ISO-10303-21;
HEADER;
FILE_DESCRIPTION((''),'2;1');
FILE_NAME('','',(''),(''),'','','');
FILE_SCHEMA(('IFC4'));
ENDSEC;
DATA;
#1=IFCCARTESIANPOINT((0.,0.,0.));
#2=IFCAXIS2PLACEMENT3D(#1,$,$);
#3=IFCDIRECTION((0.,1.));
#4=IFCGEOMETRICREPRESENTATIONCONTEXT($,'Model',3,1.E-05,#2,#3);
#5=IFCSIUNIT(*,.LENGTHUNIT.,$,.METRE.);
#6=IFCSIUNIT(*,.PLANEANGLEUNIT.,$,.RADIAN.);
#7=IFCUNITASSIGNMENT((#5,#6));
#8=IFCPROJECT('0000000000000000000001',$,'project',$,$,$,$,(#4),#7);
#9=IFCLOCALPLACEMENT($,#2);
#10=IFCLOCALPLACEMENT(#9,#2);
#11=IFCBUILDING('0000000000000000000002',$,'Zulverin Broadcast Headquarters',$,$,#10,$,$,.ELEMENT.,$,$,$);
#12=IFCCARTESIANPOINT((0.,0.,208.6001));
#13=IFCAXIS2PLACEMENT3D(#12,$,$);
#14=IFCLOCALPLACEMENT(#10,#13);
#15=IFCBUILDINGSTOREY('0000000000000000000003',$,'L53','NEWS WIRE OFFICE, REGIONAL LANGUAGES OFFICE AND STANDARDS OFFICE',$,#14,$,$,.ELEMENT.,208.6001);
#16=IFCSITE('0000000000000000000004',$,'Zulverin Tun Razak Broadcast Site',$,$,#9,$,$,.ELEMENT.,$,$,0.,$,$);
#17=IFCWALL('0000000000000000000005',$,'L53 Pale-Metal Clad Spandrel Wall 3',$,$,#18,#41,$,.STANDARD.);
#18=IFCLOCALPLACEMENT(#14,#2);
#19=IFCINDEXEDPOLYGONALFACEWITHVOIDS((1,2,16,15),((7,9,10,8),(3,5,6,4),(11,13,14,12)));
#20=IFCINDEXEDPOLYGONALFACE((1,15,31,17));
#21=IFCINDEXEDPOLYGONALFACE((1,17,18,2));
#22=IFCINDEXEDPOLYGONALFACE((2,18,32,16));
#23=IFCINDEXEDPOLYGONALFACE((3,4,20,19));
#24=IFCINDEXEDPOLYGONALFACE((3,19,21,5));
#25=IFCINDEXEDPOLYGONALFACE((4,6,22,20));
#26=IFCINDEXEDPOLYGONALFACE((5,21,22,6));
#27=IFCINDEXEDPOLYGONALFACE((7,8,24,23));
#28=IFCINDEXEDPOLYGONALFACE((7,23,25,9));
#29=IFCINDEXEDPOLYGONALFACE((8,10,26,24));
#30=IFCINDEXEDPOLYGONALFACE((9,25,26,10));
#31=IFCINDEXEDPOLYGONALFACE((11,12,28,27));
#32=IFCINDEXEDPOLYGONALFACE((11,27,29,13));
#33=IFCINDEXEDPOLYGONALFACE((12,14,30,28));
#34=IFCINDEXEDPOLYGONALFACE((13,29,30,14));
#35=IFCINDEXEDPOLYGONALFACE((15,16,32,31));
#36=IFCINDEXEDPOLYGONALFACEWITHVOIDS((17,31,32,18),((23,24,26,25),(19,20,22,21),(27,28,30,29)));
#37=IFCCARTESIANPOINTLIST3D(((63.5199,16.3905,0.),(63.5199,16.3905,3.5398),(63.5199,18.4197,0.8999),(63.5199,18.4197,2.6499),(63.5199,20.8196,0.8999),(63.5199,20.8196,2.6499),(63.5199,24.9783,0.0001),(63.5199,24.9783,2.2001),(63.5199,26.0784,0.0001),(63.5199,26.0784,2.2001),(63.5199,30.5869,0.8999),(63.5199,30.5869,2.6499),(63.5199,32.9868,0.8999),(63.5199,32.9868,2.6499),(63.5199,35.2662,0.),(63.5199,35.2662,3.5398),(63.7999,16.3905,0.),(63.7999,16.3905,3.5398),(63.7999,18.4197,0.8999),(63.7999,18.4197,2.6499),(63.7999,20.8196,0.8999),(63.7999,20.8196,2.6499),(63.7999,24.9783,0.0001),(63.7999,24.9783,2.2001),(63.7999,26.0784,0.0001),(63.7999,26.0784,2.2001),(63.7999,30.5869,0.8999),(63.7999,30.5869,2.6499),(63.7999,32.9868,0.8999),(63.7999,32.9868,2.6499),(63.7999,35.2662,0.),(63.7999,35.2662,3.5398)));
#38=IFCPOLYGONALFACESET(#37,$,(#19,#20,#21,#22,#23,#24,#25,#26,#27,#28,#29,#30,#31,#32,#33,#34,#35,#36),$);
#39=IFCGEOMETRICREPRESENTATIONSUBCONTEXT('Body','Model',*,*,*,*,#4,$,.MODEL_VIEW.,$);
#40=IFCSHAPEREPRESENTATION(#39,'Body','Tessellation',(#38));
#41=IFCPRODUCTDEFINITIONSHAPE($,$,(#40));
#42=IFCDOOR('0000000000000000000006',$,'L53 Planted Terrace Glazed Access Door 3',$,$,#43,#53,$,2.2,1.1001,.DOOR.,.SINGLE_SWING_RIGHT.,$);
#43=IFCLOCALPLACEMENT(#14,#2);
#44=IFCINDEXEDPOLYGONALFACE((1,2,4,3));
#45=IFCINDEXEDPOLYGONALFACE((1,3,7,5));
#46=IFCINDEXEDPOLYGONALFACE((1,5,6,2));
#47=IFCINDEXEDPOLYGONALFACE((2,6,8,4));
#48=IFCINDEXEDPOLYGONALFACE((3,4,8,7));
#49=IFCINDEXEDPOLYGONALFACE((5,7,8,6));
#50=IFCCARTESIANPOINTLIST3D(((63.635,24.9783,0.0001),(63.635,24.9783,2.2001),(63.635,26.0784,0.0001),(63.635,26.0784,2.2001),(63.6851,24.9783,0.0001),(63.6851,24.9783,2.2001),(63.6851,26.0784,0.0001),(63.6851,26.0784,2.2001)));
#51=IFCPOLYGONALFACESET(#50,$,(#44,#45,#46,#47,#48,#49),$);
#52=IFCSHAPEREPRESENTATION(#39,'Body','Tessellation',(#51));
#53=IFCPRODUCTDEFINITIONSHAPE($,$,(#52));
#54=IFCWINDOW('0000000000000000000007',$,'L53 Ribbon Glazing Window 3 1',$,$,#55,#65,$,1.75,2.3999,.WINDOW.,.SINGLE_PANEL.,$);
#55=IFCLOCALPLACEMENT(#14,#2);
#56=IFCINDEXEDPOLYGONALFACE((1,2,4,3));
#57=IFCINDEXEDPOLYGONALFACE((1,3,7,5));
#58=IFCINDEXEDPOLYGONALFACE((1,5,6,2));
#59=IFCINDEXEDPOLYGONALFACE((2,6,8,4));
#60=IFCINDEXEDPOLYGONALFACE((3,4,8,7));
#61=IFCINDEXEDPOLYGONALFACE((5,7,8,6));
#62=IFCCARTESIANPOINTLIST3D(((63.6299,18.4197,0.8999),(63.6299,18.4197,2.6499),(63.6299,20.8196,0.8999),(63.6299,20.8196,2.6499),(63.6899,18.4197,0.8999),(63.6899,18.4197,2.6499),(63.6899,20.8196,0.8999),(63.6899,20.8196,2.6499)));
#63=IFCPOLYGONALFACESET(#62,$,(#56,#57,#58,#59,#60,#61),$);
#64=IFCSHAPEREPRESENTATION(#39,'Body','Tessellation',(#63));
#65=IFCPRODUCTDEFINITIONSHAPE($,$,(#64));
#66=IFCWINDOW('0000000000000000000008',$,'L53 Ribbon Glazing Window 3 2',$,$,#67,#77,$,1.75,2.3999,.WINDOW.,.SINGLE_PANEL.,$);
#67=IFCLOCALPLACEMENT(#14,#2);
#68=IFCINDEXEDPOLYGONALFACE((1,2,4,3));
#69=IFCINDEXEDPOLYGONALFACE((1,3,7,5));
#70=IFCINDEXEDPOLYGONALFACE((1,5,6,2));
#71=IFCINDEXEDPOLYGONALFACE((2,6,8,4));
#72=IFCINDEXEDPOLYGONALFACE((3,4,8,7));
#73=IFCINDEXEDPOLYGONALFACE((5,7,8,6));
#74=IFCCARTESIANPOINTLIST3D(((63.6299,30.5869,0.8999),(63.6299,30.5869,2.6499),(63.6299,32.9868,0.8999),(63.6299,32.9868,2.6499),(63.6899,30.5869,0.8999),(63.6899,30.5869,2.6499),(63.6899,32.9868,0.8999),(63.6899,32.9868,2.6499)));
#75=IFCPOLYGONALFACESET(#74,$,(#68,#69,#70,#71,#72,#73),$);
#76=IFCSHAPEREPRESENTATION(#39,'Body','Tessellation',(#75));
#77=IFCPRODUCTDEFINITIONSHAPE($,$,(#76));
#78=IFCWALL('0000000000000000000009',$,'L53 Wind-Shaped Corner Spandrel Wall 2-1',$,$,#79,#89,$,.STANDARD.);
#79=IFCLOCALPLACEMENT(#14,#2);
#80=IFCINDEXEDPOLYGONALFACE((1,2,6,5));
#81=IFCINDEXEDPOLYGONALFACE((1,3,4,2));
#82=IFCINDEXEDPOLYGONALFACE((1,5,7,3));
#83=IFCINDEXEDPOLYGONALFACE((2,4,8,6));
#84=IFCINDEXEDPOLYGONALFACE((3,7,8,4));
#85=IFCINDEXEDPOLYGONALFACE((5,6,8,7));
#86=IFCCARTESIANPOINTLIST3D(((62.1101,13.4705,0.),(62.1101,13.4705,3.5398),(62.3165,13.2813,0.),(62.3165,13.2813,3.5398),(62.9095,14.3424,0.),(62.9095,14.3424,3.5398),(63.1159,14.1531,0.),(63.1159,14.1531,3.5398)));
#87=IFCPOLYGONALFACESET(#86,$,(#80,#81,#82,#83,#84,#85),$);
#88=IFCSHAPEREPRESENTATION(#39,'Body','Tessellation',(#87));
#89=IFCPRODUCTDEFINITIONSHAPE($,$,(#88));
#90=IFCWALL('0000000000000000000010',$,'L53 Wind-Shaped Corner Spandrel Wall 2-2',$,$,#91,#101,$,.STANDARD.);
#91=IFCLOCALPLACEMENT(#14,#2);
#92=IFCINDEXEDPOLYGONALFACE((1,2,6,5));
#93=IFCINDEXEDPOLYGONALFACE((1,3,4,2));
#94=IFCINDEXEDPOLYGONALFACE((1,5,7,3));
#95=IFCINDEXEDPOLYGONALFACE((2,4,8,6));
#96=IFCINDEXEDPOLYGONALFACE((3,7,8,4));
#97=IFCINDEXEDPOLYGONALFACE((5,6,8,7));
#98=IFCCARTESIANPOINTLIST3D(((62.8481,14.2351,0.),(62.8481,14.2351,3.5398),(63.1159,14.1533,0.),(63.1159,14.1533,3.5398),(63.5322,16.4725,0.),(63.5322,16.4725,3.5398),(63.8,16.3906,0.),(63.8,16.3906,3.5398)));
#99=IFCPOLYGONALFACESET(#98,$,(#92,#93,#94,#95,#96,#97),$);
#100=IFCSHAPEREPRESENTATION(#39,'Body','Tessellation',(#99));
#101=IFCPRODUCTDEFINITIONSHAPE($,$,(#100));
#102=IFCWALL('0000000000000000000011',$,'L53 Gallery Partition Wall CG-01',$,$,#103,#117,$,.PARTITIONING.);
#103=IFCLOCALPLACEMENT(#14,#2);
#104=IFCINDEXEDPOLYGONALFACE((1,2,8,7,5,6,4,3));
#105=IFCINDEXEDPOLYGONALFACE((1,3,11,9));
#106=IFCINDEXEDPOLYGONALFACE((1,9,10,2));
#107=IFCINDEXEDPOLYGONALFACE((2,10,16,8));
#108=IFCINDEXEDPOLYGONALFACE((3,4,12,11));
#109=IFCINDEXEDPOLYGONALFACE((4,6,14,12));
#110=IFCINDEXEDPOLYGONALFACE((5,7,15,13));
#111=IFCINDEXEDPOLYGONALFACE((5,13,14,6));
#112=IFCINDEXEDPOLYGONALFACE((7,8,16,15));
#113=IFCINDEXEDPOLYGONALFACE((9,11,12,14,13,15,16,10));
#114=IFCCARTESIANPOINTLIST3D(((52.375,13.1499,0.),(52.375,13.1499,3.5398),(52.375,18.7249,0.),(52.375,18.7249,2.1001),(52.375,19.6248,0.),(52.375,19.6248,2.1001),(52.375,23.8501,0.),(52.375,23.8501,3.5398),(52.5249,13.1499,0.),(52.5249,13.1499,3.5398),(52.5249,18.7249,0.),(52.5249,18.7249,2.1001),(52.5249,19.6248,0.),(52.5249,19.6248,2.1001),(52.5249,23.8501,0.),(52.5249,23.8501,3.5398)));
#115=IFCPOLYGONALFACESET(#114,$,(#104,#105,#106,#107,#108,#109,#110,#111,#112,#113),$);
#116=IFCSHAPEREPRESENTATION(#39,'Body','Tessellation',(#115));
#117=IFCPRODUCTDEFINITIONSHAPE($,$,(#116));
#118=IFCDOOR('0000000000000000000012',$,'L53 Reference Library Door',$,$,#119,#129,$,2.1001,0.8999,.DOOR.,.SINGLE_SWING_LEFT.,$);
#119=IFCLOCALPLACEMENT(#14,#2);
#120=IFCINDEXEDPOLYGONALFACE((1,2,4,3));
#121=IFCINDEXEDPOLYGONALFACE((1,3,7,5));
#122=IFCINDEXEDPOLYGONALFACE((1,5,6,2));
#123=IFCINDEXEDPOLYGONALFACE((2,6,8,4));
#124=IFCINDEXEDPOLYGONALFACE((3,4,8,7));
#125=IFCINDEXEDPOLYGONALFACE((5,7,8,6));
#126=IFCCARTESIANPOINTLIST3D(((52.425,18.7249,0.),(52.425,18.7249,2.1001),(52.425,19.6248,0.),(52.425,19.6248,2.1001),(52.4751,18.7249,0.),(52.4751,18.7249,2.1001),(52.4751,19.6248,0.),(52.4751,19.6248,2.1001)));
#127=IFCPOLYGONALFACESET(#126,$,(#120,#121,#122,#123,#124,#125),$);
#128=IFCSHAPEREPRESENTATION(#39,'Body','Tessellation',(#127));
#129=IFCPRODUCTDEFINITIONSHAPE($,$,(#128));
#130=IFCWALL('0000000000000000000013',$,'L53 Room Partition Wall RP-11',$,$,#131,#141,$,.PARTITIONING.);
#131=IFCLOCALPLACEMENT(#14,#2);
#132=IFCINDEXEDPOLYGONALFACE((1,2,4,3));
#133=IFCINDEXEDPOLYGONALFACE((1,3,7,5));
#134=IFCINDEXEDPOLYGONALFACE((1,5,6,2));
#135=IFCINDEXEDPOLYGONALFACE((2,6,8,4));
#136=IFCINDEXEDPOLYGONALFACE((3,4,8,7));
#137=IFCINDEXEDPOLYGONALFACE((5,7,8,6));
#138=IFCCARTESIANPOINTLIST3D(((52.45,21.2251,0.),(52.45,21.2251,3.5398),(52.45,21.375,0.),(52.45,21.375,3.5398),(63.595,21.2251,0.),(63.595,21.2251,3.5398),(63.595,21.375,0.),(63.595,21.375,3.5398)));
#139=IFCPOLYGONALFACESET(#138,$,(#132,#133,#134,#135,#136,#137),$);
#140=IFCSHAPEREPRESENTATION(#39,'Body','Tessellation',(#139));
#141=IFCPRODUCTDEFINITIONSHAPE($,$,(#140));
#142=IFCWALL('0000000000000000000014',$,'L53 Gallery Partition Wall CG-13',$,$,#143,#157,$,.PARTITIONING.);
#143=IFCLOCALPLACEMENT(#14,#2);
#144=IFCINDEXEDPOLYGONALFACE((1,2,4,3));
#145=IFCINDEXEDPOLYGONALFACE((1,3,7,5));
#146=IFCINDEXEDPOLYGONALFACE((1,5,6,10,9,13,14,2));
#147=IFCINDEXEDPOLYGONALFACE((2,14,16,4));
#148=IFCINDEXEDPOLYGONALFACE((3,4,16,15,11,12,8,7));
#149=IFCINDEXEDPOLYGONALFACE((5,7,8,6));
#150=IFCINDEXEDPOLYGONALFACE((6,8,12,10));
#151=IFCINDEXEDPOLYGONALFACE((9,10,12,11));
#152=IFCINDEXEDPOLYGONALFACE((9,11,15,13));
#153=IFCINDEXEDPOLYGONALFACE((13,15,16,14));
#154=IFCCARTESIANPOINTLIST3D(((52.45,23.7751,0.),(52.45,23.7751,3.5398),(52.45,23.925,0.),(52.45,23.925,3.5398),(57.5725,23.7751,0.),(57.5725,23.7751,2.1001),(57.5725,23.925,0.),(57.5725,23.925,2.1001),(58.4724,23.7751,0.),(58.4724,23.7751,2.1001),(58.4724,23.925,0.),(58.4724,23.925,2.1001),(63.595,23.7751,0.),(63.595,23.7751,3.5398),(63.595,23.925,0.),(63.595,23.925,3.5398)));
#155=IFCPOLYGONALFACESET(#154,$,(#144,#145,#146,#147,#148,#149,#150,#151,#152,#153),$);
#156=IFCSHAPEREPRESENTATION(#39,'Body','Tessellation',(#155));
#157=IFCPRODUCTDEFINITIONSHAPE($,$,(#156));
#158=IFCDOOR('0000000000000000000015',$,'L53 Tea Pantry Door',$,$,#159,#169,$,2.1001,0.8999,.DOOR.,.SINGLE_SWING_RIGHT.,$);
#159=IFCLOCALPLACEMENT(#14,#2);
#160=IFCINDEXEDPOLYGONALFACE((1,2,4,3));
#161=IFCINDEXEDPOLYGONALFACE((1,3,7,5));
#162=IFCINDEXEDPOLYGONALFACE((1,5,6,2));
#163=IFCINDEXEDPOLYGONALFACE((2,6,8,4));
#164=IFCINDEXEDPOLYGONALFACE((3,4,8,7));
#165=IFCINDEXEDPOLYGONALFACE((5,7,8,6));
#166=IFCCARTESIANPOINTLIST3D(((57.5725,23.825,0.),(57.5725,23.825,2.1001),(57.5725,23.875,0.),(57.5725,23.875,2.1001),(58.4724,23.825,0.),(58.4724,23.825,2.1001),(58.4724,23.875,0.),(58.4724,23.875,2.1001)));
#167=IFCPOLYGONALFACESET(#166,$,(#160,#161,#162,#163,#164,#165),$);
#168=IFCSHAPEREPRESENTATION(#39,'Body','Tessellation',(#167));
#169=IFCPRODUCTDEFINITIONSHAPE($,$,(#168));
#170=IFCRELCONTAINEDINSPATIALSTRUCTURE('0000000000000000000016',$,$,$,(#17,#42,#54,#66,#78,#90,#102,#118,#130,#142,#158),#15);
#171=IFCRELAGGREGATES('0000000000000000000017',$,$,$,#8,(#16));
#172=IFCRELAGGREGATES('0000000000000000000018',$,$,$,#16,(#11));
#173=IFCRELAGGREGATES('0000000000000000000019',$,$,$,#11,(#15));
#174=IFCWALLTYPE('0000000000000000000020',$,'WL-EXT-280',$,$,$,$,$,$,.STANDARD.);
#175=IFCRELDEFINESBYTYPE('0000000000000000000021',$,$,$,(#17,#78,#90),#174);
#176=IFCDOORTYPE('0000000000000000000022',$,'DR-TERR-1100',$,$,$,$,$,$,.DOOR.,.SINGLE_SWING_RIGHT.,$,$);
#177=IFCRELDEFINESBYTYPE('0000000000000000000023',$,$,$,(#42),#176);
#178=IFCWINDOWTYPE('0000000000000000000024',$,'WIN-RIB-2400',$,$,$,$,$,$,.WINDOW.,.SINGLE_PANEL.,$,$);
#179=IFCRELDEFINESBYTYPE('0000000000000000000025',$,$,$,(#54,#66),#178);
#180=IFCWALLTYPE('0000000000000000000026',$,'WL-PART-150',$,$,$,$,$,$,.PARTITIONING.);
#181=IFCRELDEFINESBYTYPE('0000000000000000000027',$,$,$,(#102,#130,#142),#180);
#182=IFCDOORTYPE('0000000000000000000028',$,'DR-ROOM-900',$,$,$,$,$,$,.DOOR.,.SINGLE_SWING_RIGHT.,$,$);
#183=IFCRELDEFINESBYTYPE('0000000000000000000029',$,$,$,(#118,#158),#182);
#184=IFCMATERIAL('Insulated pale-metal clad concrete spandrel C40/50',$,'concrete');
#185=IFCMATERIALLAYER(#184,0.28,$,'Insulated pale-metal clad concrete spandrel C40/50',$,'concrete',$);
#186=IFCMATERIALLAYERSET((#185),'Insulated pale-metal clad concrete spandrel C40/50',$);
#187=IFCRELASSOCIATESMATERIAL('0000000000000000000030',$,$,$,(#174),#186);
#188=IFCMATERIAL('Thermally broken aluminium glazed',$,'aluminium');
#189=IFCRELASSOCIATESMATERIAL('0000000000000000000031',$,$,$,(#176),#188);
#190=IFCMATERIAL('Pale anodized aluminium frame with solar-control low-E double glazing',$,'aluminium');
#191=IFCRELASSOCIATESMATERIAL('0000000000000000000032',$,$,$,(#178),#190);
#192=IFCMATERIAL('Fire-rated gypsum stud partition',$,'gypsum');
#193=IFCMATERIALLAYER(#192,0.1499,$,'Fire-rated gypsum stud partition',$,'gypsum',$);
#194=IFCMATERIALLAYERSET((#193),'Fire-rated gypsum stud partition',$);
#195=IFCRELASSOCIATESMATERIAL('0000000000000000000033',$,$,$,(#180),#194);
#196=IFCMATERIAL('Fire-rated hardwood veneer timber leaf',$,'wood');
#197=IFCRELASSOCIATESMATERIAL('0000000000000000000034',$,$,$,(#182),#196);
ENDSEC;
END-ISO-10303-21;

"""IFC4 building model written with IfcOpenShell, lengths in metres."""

from ifc_helpers import new_model, si_unit, direction, frame, frame_2d, origin, place, context, subcontext, project, spatial, rectangle, extrude, material, layer, layer_set, type_object, element, fill, save


model = new_model("IFC4")

# Units and contexts
model_context = context("Model", 3, precision=1e-05, world=origin(), true_north=direction((0.0, 1.0)))
body_context = subcontext(model_context, "Body", "Model", "MODEL_VIEW")
ifc_project = project(units=[si_unit("LENGTHUNIT", "METRE"), si_unit("PLANEANGLEUNIT", "RADIAN")], contexts=[model_context])

# Site, building, storey
site_placement = place(None, origin())
site = spatial("IfcSite", under=ifc_project, at=site_placement, Name="Zulverin Tun Razak Broadcast Site", CompositionType="ELEMENT", RefElevation=0.0)
building_placement = place(site_placement, origin())
building = spatial("IfcBuilding", under=site, at=building_placement, Name="Zulverin Broadcast Headquarters", CompositionType="ELEMENT")
storey_placement = place(building_placement, frame((0.0, 0.0, 208.6001)))
storey = spatial("IfcBuildingStorey", under=building, at=storey_placement, Name="L53", Description="NEWS WIRE OFFICE, REGIONAL LANGUAGES OFFICE AND STANDARDS OFFICE", CompositionType="ELEMENT", Elevation=208.6001)

# Wall, openings, door, windows
ifc_material_1 = material(Name="Insulated pale-metal clad concrete spandrel C40/50", Category="concrete")
ifc_layer_1 = layer(ifc_material_1, 0.28, Name="Insulated pale-metal clad concrete spandrel C40/50", Category="concrete")
ifc_layer_set_1 = layer_set([ifc_layer_1], Name="Insulated pale-metal clad concrete spandrel C40/50")
wall_type_1 = type_object("IfcWallType", Name="WL-EXT-280", PredefinedType="STANDARD", material=ifc_layer_set_1)
wall_1_placement = place(storey_placement, frame((63.6599, 16.3904, 0.0), z_axis=(0.0, 0.0, 1.0), x_axis=(0.0, 1.0, 0.0)))
wall_1 = element("IfcWall", 1, at=wall_1_placement, inside=storey, type_object=wall_type_1, Name="L53 Pale-Metal Clad Spandrel Wall 3", PredefinedType="STANDARD", context=body_context, shape_type="SweptSolid", body=[
    extrude(rectangle(XDim=18.8757, YDim=0.28, at=frame_2d((9.438, 0.0))), origin(), (0.0, 0.0, 1.0), 3.5398),
])
opening_1_placement = place(wall_1_placement, frame((8.5879, 0.0, 0.0)))
opening_1 = element("IfcOpeningElement", 2, at=opening_1_placement, cuts=wall_1, PredefinedType="OPENING", context=body_context, shape_type="SweptSolid", body=[
    extrude(rectangle(XDim=1.1001, YDim=2.2, at=frame_2d((0.55, 1.1001))), frame((0.0, 0.1499, 0.0), z_axis=(0.0, -1.0, 0.0), x_axis=(1.0, 0.0, 0.0)), (0.0, 0.0, 1.0), 0.3),
])
opening_2_placement = place(wall_1_placement, frame((2.0293, 0.0, 0.8999)))
opening_2 = element("IfcOpeningElement", 3, at=opening_2_placement, cuts=wall_1, PredefinedType="OPENING", context=body_context, shape_type="SweptSolid", body=[
    extrude(rectangle(XDim=2.3999, YDim=1.75, at=frame_2d((1.2, 0.875))), frame((0.0, 0.1499, 0.0), z_axis=(0.0, -1.0, 0.0), x_axis=(1.0, 0.0, 0.0)), (0.0, 0.0, 1.0), 0.3),
])
opening_3_placement = place(wall_1_placement, frame((14.1965, 0.0, 0.8999)))
opening_3 = element("IfcOpeningElement", 4, at=opening_3_placement, cuts=wall_1, PredefinedType="OPENING", context=body_context, shape_type="SweptSolid", body=[
    extrude(rectangle(XDim=2.3999, YDim=1.75, at=frame_2d((1.2, 0.875))), frame((0.0, 0.1499, 0.0), z_axis=(0.0, -1.0, 0.0), x_axis=(1.0, 0.0, 0.0)), (0.0, 0.0, 1.0), 0.3),
])
ifc_material_2 = material(Name="Thermally broken aluminium glazed", Category="aluminium")
door_type_1 = type_object("IfcDoorType", Name="DR-TERR-1100", OperationType="SINGLE_SWING_RIGHT", PredefinedType="DOOR", material=ifc_material_2)
door_1_placement = place(opening_1_placement, origin())
door_1 = element("IfcDoor", 5, at=door_1_placement, inside=storey, type_object=door_type_1, Name="L53 Planted Terrace Glazed Access Door 3", OperationType="SINGLE_SWING_RIGHT", OverallHeight=2.2, OverallWidth=1.1001, PredefinedType="DOOR", context=body_context, shape_type="SweptSolid", body=[
    extrude(rectangle(XDim=1.1001, YDim=2.2, at=frame_2d((0.55, 1.1001))), frame((0.0, 0.0249, 0.0), z_axis=(0.0, -1.0, 0.0), x_axis=(1.0, 0.0, 0.0)), (0.0, 0.0, 1.0), 0.05),
])
fill(opening_1, door_1)
ifc_material_3 = material(Name="Pale anodized aluminium frame with solar-control low-E double glazing", Category="aluminium")
window_type = type_object("IfcWindowType", Name="WIN-RIB-2400", PartitioningType="SINGLE_PANEL", PredefinedType="WINDOW", material=ifc_material_3)
window_1_placement = place(opening_2_placement, origin())
window_1 = element("IfcWindow", 6, at=window_1_placement, inside=storey, type_object=window_type, Name="L53 Ribbon Glazing Window 3 1", OverallHeight=1.75, OverallWidth=2.3999, PartitioningType="SINGLE_PANEL", PredefinedType="WINDOW", context=body_context, shape_type="SweptSolid", body=[
    extrude(rectangle(XDim=2.3999, YDim=1.75, at=frame_2d((1.2, 0.875))), frame((0.0, 0.03, 0.0), z_axis=(0.0, -1.0, 0.0), x_axis=(1.0, 0.0, 0.0)), (0.0, 0.0, 1.0), 0.0601),
])
fill(opening_2, window_1)
window_2_placement = place(opening_3_placement, origin())
window_2 = element("IfcWindow", 7, at=window_2_placement, inside=storey, type_object=window_type, Name="L53 Ribbon Glazing Window 3 2", OverallHeight=1.75, OverallWidth=2.3999, PartitioningType="SINGLE_PANEL", PredefinedType="WINDOW", context=body_context, shape_type="SweptSolid", body=[
    extrude(rectangle(XDim=2.3999, YDim=1.75, at=frame_2d((1.2, 0.875))), frame((0.0, 0.03, 0.0), z_axis=(0.0, -1.0, 0.0), x_axis=(1.0, 0.0, 0.0)), (0.0, 0.0, 1.0), 0.0601),
])
fill(opening_3, window_2)

# Walls
wall_2_placement = place(storey_placement, frame((62.2134, 13.376, 0.0), z_axis=(0.0, 0.0, 1.0), x_axis=(0.67579, 0.737094, 0.0)))
element("IfcWall", 8, at=wall_2_placement, inside=storey, type_object=wall_type_1, Name="L53 Wind-Shaped Corner Spandrel Wall 2-1", PredefinedType="STANDARD", context=body_context, shape_type="SweptSolid", body=[
    extrude(rectangle(XDim=1.1829, YDim=0.28, at=frame_2d((0.5913, 0.0))), origin(), (0.0, 0.0, 1.0), 3.5398),
])
wall_3_placement = place(storey_placement, frame((62.9819, 14.1941, 0.0), z_axis=(0.0, 0.0, 1.0), x_axis=(0.292399, 0.956296, 0.0)))
element("IfcWall", 9, at=wall_3_placement, inside=storey, type_object=wall_type_1, Name="L53 Wind-Shaped Corner Spandrel Wall 2-2", PredefinedType="STANDARD", context=body_context, shape_type="SweptSolid", body=[
    extrude(rectangle(XDim=2.3396, YDim=0.28, at=frame_2d((1.1699, 0.0))), origin(), (0.0, 0.0, 1.0), 3.5398),
])

# Wall, opening, door
ifc_material_4 = material(Name="Fire-rated gypsum stud partition", Category="gypsum")
ifc_layer_2 = layer(ifc_material_4, 0.1499, Name="Fire-rated gypsum stud partition", Category="gypsum")
ifc_layer_set_2 = layer_set([ifc_layer_2], Name="Fire-rated gypsum stud partition")
wall_type_2 = type_object("IfcWallType", Name="WL-PART-150", PredefinedType="PARTITIONING", material=ifc_layer_set_2)
wall_4_placement = place(storey_placement, frame((52.45, 13.1499, 0.0), z_axis=(0.0, 0.0, 1.0), x_axis=(0.0, 1.0, 0.0)))
wall_4 = element("IfcWall", 10, at=wall_4_placement, inside=storey, type_object=wall_type_2, Name="L53 Gallery Partition Wall CG-01", PredefinedType="PARTITIONING", context=body_context, shape_type="SweptSolid", body=[
    extrude(rectangle(XDim=10.7002, YDim=0.1499, at=frame_2d((5.3501, 0.0))), origin(), (0.0, 0.0, 1.0), 3.5398),
])
opening_4_placement = place(wall_4_placement, frame((5.575, 0.0, 0.0)))
opening_4 = element("IfcOpeningElement", 11, at=opening_4_placement, cuts=wall_4, PredefinedType="OPENING", context=body_context, shape_type="SweptSolid", body=[
    extrude(rectangle(XDim=0.8999, YDim=2.1001, at=frame_2d((0.45, 1.05))), frame((0.0, 0.085, 0.0), z_axis=(0.0, -1.0, 0.0), x_axis=(1.0, 0.0, 0.0)), (0.0, 0.0, 1.0), 0.1699),
])
ifc_material_5 = material(Name="Fire-rated hardwood veneer timber leaf", Category="wood")
door_type_2 = type_object("IfcDoorType", Name="DR-ROOM-900", OperationType="SINGLE_SWING_RIGHT", PredefinedType="DOOR", material=ifc_material_5)
door_2_placement = place(opening_4_placement, origin())
door_2 = element("IfcDoor", 12, at=door_2_placement, inside=storey, type_object=door_type_2, Name="L53 Reference Library Door", OperationType="SINGLE_SWING_LEFT", OverallHeight=2.1001, OverallWidth=0.8999, PredefinedType="DOOR", context=body_context, shape_type="SweptSolid", body=[
    extrude(rectangle(XDim=0.8999, YDim=2.1001, at=frame_2d((0.45, 1.05))), frame((0.0, 0.0249, 0.0), z_axis=(0.0, -1.0, 0.0), x_axis=(1.0, 0.0, 0.0)), (0.0, 0.0, 1.0), 0.05),
])
fill(opening_4, door_2)

# Wall
wall_5_placement = place(storey_placement, frame((52.45, 21.3, 0.0), z_axis=(0.0, 0.0, 1.0), x_axis=(1.0, 0.0, 0.0)))
element("IfcWall", 13, at=wall_5_placement, inside=storey, type_object=wall_type_2, Name="L53 Room Partition Wall RP-11", PredefinedType="PARTITIONING", context=body_context, shape_type="SweptSolid", body=[
    extrude(rectangle(XDim=11.145, YDim=0.1499, at=frame_2d((5.5725, 0.0))), origin(), (0.0, 0.0, 1.0), 3.5398),
])

# Wall, opening, door
wall_6_placement = place(storey_placement, frame((52.45, 23.8501, 0.0), z_axis=(0.0, 0.0, 1.0), x_axis=(1.0, 0.0, 0.0)))
wall_6 = element("IfcWall", 14, at=wall_6_placement, inside=storey, type_object=wall_type_2, Name="L53 Gallery Partition Wall CG-13", PredefinedType="PARTITIONING", context=body_context, shape_type="SweptSolid", body=[
    extrude(rectangle(XDim=11.145, YDim=0.1499, at=frame_2d((5.5725, 0.0))), origin(), (0.0, 0.0, 1.0), 3.5398),
])
opening_5_placement = place(wall_6_placement, frame((5.1226, 0.0, 0.0)))
opening_5 = element("IfcOpeningElement", 15, at=opening_5_placement, cuts=wall_6, PredefinedType="OPENING", context=body_context, shape_type="SweptSolid", body=[
    extrude(rectangle(XDim=0.8999, YDim=2.1001, at=frame_2d((0.45, 1.05))), frame((0.0, 0.085, 0.0), z_axis=(0.0, -1.0, 0.0), x_axis=(1.0, 0.0, 0.0)), (0.0, 0.0, 1.0), 0.1699),
])
door_3_placement = place(opening_5_placement, origin())
door_3 = element("IfcDoor", 16, at=door_3_placement, inside=storey, type_object=door_type_2, Name="L53 Tea Pantry Door", OperationType="SINGLE_SWING_RIGHT", OverallHeight=2.1001, OverallWidth=0.8999, PredefinedType="DOOR", context=body_context, shape_type="SweptSolid", body=[
    extrude(rectangle(XDim=0.8999, YDim=2.1001, at=frame_2d((0.45, 1.05))), frame((0.0, 0.0249, 0.0), z_axis=(0.0, -1.0, 0.0), x_axis=(1.0, 0.0, 0.0)), (0.0, 0.0, 1.0), 0.05),
])
fill(opening_5, door_3)

save(model, "model.ifc")
